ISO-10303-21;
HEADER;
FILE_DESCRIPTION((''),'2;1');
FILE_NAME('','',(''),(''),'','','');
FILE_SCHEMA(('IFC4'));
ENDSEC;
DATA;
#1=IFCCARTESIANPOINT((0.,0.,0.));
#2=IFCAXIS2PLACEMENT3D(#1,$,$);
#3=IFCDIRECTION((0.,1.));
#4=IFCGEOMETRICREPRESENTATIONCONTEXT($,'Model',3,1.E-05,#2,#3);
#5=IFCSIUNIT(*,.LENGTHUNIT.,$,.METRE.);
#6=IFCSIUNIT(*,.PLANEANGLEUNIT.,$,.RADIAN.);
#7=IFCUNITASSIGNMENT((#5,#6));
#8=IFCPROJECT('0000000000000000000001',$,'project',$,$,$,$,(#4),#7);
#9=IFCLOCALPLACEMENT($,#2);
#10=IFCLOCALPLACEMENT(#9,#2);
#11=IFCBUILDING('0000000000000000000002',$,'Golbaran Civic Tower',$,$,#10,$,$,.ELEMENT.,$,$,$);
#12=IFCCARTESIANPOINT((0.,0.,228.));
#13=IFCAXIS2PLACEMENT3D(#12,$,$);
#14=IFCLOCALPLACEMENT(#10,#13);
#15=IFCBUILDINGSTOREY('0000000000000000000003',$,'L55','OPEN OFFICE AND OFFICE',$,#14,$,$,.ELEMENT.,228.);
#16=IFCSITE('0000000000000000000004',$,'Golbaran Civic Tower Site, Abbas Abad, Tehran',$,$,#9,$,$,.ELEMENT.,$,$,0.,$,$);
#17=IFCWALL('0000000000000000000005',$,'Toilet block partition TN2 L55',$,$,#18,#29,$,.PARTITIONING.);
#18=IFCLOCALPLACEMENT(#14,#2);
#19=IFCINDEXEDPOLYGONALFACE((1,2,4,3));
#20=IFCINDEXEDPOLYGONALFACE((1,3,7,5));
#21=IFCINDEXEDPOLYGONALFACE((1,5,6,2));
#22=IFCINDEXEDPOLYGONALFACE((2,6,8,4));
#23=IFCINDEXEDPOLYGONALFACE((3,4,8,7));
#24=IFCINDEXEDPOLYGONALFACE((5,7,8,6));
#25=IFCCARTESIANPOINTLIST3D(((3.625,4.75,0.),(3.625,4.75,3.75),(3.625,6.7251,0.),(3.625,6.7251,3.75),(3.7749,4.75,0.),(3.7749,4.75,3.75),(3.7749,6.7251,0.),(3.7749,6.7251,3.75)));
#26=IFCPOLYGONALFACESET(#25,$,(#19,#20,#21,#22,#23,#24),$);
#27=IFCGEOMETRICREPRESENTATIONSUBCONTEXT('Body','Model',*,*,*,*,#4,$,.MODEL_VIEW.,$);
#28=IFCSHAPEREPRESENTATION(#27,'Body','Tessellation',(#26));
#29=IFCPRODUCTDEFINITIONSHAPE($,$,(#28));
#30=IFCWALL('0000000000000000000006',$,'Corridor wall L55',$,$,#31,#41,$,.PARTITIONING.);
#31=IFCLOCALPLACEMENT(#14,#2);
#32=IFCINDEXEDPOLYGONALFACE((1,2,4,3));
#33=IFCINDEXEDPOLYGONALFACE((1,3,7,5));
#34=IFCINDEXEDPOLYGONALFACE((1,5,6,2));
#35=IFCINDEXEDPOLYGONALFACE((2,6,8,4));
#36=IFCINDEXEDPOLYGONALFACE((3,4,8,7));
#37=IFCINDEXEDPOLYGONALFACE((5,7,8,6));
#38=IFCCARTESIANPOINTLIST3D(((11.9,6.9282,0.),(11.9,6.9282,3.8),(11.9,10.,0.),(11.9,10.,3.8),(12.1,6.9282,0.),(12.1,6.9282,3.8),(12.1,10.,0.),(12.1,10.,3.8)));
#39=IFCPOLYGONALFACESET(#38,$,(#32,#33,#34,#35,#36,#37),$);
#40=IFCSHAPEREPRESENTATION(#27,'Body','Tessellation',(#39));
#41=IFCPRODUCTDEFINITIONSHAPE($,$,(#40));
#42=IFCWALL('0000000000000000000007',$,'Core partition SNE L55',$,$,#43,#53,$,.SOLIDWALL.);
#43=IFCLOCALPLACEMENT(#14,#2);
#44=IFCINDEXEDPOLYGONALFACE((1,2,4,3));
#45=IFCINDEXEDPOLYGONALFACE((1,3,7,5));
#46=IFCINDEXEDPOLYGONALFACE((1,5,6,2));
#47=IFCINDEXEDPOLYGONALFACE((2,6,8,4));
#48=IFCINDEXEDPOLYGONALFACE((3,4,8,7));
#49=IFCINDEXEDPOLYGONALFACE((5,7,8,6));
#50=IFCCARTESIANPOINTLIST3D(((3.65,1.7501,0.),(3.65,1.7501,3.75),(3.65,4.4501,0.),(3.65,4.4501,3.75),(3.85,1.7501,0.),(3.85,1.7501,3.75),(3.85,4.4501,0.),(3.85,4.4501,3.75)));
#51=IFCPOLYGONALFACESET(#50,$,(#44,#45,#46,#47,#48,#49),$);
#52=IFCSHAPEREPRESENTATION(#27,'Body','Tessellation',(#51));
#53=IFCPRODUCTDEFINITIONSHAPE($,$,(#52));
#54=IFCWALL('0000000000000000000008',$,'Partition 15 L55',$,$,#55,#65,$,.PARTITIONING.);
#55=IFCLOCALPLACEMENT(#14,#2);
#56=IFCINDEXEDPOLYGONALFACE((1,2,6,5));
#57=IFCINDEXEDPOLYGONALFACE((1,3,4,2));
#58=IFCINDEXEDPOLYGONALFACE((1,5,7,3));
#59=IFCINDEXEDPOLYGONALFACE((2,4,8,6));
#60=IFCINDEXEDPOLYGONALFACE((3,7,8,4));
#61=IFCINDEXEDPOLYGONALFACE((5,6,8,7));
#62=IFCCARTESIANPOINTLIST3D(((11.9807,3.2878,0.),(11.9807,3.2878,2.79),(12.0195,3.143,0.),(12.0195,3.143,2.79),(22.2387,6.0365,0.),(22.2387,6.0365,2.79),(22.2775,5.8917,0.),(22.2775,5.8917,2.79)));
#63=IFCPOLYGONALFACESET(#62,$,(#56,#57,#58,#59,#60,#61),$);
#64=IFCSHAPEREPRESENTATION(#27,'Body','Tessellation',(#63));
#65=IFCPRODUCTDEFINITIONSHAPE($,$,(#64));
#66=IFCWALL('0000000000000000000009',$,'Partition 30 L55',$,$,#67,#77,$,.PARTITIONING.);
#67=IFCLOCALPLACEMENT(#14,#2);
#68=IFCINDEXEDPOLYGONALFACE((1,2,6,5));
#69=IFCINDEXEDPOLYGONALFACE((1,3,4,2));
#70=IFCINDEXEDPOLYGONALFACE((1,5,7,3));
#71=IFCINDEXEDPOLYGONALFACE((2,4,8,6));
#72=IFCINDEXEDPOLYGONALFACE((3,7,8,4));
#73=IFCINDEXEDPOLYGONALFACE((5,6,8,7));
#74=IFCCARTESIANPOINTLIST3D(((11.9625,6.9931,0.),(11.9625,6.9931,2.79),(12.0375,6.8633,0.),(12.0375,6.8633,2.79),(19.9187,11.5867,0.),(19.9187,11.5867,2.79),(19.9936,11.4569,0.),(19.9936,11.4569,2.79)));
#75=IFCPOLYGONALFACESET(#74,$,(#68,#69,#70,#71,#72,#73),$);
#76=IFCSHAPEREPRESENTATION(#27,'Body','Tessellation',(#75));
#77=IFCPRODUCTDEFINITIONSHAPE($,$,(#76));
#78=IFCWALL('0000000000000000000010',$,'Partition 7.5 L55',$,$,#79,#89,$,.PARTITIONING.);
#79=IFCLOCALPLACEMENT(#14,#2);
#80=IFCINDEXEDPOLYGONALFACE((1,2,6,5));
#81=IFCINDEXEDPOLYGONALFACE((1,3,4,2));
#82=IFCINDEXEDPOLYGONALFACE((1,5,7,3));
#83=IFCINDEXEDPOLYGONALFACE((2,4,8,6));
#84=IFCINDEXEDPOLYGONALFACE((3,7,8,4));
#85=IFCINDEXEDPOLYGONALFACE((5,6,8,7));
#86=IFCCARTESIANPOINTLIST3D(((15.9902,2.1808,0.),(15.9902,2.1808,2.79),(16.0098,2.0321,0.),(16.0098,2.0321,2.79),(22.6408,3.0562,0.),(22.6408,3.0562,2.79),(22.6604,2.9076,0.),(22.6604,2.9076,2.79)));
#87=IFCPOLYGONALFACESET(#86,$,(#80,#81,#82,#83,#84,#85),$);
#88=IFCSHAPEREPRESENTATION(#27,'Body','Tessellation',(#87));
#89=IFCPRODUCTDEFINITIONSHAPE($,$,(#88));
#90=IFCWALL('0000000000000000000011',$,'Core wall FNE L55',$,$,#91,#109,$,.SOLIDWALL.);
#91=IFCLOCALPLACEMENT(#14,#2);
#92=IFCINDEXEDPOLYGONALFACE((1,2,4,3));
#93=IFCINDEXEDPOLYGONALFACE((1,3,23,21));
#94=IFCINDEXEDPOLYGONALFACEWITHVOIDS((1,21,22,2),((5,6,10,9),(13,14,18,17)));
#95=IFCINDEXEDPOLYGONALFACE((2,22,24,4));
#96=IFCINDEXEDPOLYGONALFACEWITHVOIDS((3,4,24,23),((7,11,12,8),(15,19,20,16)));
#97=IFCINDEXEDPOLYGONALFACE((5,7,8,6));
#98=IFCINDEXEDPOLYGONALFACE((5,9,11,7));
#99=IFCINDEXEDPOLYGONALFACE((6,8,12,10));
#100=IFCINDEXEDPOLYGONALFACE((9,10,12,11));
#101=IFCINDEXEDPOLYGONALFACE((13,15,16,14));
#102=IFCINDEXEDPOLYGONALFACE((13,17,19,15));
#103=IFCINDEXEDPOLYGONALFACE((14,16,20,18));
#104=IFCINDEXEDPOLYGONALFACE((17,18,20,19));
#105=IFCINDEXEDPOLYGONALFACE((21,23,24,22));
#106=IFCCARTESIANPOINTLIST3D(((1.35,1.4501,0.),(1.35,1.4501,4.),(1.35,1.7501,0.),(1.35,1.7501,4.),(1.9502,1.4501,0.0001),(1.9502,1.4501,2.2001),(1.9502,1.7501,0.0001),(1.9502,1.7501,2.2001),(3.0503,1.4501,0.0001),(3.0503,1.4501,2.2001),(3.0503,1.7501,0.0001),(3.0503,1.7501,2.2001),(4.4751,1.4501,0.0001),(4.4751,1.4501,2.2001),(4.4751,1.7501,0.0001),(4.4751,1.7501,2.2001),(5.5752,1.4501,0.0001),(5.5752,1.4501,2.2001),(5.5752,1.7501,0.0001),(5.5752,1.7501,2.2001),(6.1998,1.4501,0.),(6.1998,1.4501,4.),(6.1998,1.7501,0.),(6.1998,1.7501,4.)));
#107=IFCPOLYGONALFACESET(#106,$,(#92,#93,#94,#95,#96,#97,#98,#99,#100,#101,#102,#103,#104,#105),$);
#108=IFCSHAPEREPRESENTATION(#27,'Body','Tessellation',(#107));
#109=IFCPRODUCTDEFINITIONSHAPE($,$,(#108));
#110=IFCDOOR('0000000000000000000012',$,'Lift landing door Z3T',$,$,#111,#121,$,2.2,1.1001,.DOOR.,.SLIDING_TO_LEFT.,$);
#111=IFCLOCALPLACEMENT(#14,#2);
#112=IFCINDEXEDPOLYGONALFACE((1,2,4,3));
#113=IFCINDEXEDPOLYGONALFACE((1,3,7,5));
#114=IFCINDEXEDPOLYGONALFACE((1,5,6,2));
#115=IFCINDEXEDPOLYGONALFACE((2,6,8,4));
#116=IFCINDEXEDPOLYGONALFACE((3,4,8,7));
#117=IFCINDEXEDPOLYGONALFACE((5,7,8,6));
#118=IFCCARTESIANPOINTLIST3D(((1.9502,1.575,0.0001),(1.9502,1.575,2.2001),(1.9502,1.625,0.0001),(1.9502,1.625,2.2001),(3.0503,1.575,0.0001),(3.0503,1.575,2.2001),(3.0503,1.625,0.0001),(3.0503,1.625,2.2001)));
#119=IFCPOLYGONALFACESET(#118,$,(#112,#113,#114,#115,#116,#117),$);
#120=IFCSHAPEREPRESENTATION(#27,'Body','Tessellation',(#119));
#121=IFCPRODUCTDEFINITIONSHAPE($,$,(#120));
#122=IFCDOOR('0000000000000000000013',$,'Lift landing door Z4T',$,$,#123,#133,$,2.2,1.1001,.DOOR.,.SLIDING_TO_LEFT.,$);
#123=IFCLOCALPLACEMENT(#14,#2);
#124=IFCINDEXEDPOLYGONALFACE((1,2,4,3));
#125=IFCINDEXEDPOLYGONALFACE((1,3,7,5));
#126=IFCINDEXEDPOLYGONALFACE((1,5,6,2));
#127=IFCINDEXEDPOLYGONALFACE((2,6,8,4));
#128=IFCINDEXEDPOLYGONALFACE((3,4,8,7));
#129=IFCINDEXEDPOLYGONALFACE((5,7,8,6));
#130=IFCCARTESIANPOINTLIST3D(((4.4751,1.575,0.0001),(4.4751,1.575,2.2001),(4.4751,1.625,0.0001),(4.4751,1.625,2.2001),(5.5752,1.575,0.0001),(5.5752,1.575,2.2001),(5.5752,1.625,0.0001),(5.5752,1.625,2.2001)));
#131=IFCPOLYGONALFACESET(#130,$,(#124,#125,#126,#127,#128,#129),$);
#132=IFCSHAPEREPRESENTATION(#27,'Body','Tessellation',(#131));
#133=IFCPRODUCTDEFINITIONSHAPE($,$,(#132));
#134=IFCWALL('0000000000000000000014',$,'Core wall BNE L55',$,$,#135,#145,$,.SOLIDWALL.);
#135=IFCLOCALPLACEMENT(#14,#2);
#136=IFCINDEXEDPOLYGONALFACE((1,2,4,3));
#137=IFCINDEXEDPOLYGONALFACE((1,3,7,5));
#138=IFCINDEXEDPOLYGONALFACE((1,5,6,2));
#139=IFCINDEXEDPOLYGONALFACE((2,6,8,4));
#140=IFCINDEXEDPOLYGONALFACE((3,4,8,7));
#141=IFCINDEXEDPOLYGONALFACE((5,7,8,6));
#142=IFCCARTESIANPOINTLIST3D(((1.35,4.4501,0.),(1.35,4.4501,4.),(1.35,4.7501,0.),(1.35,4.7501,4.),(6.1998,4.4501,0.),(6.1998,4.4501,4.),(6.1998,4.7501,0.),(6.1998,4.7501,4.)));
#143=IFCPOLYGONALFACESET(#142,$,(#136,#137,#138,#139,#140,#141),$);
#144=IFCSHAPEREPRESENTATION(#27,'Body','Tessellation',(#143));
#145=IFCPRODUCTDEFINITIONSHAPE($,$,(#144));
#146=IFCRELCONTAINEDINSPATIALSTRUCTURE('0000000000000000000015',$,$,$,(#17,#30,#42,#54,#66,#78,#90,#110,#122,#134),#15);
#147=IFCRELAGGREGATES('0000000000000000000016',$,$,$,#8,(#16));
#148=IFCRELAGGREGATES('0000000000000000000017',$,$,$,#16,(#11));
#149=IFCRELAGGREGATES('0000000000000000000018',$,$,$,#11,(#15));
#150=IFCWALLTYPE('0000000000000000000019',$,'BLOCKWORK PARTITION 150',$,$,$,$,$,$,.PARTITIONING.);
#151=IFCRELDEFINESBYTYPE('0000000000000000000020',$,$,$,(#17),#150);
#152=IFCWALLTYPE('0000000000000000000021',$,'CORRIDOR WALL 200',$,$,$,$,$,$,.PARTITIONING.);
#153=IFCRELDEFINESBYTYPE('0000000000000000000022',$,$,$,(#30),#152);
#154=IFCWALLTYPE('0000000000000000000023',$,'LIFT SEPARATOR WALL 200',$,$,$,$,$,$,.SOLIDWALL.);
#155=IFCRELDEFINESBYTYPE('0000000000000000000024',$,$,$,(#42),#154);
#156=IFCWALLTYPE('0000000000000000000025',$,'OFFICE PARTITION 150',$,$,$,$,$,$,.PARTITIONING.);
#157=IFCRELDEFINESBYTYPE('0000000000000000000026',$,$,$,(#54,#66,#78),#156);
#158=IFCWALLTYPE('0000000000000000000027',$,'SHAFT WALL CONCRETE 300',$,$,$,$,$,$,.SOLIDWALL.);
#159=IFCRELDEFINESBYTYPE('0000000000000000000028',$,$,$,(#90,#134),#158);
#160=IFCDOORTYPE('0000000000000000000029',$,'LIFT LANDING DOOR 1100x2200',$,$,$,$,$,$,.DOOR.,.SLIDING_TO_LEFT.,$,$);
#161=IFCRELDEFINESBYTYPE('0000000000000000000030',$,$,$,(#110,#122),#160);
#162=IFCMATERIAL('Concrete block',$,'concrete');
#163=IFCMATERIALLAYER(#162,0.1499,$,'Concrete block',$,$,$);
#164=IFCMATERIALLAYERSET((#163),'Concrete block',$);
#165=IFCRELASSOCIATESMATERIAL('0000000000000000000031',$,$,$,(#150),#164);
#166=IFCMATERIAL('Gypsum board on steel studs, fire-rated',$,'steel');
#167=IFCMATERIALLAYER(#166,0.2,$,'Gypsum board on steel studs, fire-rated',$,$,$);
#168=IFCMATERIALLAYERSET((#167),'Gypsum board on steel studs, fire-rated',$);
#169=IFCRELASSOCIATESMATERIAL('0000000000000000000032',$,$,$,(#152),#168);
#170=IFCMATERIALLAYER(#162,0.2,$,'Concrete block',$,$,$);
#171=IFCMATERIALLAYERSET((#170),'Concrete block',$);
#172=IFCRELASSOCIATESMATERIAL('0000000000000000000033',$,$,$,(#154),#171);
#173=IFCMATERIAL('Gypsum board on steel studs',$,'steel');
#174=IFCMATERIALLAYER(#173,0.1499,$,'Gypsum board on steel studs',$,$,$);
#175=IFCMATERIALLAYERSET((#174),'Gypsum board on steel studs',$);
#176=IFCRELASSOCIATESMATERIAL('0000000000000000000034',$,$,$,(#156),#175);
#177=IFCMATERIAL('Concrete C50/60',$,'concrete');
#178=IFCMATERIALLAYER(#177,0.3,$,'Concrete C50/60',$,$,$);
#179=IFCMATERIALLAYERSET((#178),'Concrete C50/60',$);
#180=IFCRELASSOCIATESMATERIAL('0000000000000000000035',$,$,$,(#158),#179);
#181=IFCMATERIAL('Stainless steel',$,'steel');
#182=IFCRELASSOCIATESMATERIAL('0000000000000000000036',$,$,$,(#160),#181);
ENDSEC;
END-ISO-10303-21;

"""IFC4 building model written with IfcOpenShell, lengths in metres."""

from ifc_helpers import new_model, si_unit, direction, frame, frame_2d, origin, place, context, subcontext, project, spatial, rectangle, extrude, material, layer, layer_set, type_object, element, fill, save


model = new_model("IFC4")

# Units and contexts
model_context = context("Model", 3, precision=1e-05, world=origin(), true_north=direction((0.0, 1.0)))
body_context = subcontext(model_context, "Body", "Model", "MODEL_VIEW")
ifc_project = project(units=[si_unit("LENGTHUNIT", "METRE"), si_unit("PLANEANGLEUNIT", "RADIAN")], contexts=[model_context])

# Site, building, storey
site_placement = place(None, origin())
site = spatial("IfcSite", under=ifc_project, at=site_placement, Name="Golbaran Civic Tower Site, Abbas Abad, Tehran", CompositionType="ELEMENT", RefElevation=0.0)
building_placement = place(site_placement, origin())
building = spatial("IfcBuilding", under=site, at=building_placement, Name="Golbaran Civic Tower", CompositionType="ELEMENT")
storey_placement = place(building_placement, frame((0.0, 0.0, 228.0)))
storey = spatial("IfcBuildingStorey", under=building, at=storey_placement, Name="L55", Description="OPEN OFFICE AND OFFICE", CompositionType="ELEMENT", Elevation=228.0)

# Shared definitions
ifc_material_1 = material(Name="Concrete block", Category="concrete")
ifc_layer_1 = layer(ifc_material_1, 0.1499, Name="Concrete block")
ifc_layer_set_1 = layer_set([ifc_layer_1], Name="Concrete block")
wall_type_1 = type_object("IfcWallType", Name="BLOCKWORK PARTITION 150", PredefinedType="PARTITIONING", material=ifc_layer_set_1)

# Walls
wall_1_placement = place(storey_placement, frame((3.7, 4.75, 0.0), z_axis=(0.0, 0.0, 1.0), x_axis=(0.0, 1.0, 0.0)))
element("IfcWall", 1, at=wall_1_placement, inside=storey, type_object=wall_type_1, Name="Toilet block partition TN2 L55", PredefinedType="PARTITIONING", context=body_context, shape_type="SweptSolid", body=[
    extrude(rectangle(XDim=1.9751, YDim=0.1499, at=frame_2d((0.9875, 0.0))), origin(), (0.0, 0.0, 1.0), 3.75),
])
ifc_material_2 = material(Name="Gypsum board on steel studs, fire-rated", Category="steel")
ifc_layer_2 = layer(ifc_material_2, 0.2, Name="Gypsum board on steel studs, fire-rated")
ifc_layer_set_2 = layer_set([ifc_layer_2], Name="Gypsum board on steel studs, fire-rated")
wall_type_2 = type_object("IfcWallType", Name="CORRIDOR WALL 200", PredefinedType="PARTITIONING", material=ifc_layer_set_2)
wall_2_placement = place(storey_placement, frame((12.0, 6.9282, 0.0), z_axis=(0.0, 0.0, 1.0), x_axis=(0.0, 1.0, 0.0)))
element("IfcWall", 2, at=wall_2_placement, inside=storey, type_object=wall_type_2, Name="Corridor wall L55", PredefinedType="PARTITIONING", context=body_context, shape_type="SweptSolid", body=[
    extrude(rectangle(XDim=3.0718, YDim=0.2, at=frame_2d((1.5359, 0.0))), origin(), (0.0, 0.0, 1.0), 3.8),
])
ifc_layer_3 = layer(ifc_material_1, 0.2, Name="Concrete block")
ifc_layer_set_3 = layer_set([ifc_layer_3], Name="Concrete block")
wall_type_3 = type_object("IfcWallType", Name="LIFT SEPARATOR WALL 200", PredefinedType="SOLIDWALL", material=ifc_layer_set_3)
wall_3_placement = place(storey_placement, frame((3.75, 1.75, 0.0), z_axis=(0.0, 0.0, 1.0), x_axis=(0.0, 1.0, 0.0)))
element("IfcWall", 3, at=wall_3_placement, inside=storey, type_object=wall_type_3, Name="Core partition SNE L55", PredefinedType="SOLIDWALL", context=body_context, shape_type="SweptSolid", body=[
    extrude(rectangle(XDim=2.7, YDim=0.2, at=frame_2d((1.3501, 0.0))), origin(), (0.0, 0.0, 1.0), 3.75),
])
ifc_material_3 = material(Name="Gypsum board on steel studs", Category="steel")
ifc_layer_4 = layer(ifc_material_3, 0.1499, Name="Gypsum board on steel studs")
ifc_layer_set_4 = layer_set([ifc_layer_4], Name="Gypsum board on steel studs")
wall_type_4 = type_object("IfcWallType", Name="OFFICE PARTITION 150", PredefinedType="PARTITIONING", material=ifc_layer_set_4)
wall_4_placement = place(storey_placement, frame((12.0, 3.2153, 0.0), z_axis=(0.0, 0.0, 1.0), x_axis=(0.965922, 0.258831, 0.0)))
element("IfcWall", 4, at=wall_4_placement, inside=storey, type_object=wall_type_4, Name="Partition 15 L55", PredefinedType="PARTITIONING", context=body_context, shape_type="SweptSolid", body=[
    extrude(rectangle(XDim=10.6199, YDim=0.1499, at=frame_2d((5.3101, 0.0))), origin(), (0.0, 0.0, 1.0), 2.79),
])
wall_5_placement = place(storey_placement, frame((12.0, 6.9282, 0.0), z_axis=(0.0, 0.0, 1.0), x_axis=(0.866022, 0.500006, 0.0)))
element("IfcWall", 5, at=wall_5_placement, inside=storey, type_object=wall_type_4, Name="Partition 30 L55", PredefinedType="PARTITIONING", context=body_context, shape_type="SweptSolid", body=[
    extrude(rectangle(XDim=9.187, YDim=0.1499, at=frame_2d((4.5935, 0.0))), origin(), (0.0, 0.0, 1.0), 2.79),
])
wall_6_placement = place(storey_placement, frame((16.0, 2.1064, 0.0), z_axis=(0.0, 0.0, 1.0), x_axis=(0.991446, 0.130514, 0.0)))
element("IfcWall", 6, at=wall_6_placement, inside=storey, type_object=wall_type_4, Name="Partition 7.5 L55", PredefinedType="PARTITIONING", context=body_context, shape_type="SweptSolid", body=[
    extrude(rectangle(XDim=6.708, YDim=0.1499, at=frame_2d((3.354, 0.0))), origin(), (0.0, 0.0, 1.0), 2.79),
])

# Wall, openings, doors
ifc_material_4 = material(Name="Concrete C50/60", Category="concrete")
ifc_layer_5 = layer(ifc_material_4, 0.3, Name="Concrete C50/60")
ifc_layer_set_5 = layer_set([ifc_layer_5], Name="Concrete C50/60")
wall_type_5 = type_object("IfcWallType", Name="SHAFT WALL CONCRETE 300", PredefinedType="SOLIDWALL", material=ifc_layer_set_5)
wall_7_placement = place(storey_placement, frame((1.3501, 1.6001, 0.0), z_axis=(0.0, 0.0, 1.0), x_axis=(1.0, 0.0, 0.0)))
wall_7 = element("IfcWall", 7, at=wall_7_placement, inside=storey, type_object=wall_type_5, Name="Core wall FNE L55", PredefinedType="SOLIDWALL", context=body_context, shape_type="SweptSolid", body=[
    extrude(rectangle(XDim=4.8499, YDim=0.3, at=frame_2d((2.4248, 0.0))), origin(), (0.0, 0.0, 1.0), 4.0),
])
opening_1_placement = place(wall_7_placement, frame((0.6001, 0.0, 0.0)))
opening_1 = element("IfcOpeningElement", 8, at=opening_1_placement, cuts=wall_7, PredefinedType="OPENING", context=body_context, shape_type="SweptSolid", body=[
    extrude(rectangle(XDim=1.1001, YDim=2.2, at=frame_2d((0.55, 1.1001))), frame((0.0, 0.1599, 0.0), z_axis=(0.0, -1.0, 0.0), x_axis=(1.0, 0.0, 0.0)), (0.0, 0.0, 1.0), 0.3201),
])
opening_2_placement = place(wall_7_placement, frame((3.125, 0.0, 0.0)))
opening_2 = element("IfcOpeningElement", 9, at=opening_2_placement, cuts=wall_7, PredefinedType="OPENING", context=body_context, shape_type="SweptSolid", body=[
    extrude(rectangle(XDim=1.1001, YDim=2.2, at=frame_2d((0.55, 1.1001))), frame((0.0, 0.1599, 0.0), z_axis=(0.0, -1.0, 0.0), x_axis=(1.0, 0.0, 0.0)), (0.0, 0.0, 1.0), 0.3201),
])
ifc_material_5 = material(Name="Stainless steel", Category="steel")
door_type_1 = type_object("IfcDoorType", Name="LIFT LANDING DOOR 1100x2200", OperationType="SLIDING_TO_LEFT", PredefinedType="DOOR", material=ifc_material_5)
door_1_placement = place(opening_1_placement, origin())
door_1 = element("IfcDoor", 10, at=door_1_placement, inside=storey, type_object=door_type_1, Name="Lift landing door Z3T", OperationType="SLIDING_TO_LEFT", OverallHeight=2.2, OverallWidth=1.1001, PredefinedType="DOOR", context=body_context, shape_type="SweptSolid", body=[
    extrude(rectangle(XDim=1.1001, YDim=2.2, at=frame_2d((0.55, 1.1001))), frame((0.0, 0.0249, 0.0), z_axis=(0.0, -1.0, 0.0), x_axis=(1.0, 0.0, 0.0)), (0.0, 0.0, 1.0), 0.05),
])
fill(opening_1, door_1)
door_2_placement = place(opening_2_placement, origin())
door_2 = element("IfcDoor", 11, at=door_2_placement, inside=storey, type_object=door_type_1, Name="Lift landing door Z4T", OperationType="SLIDING_TO_LEFT", OverallHeight=2.2, OverallWidth=1.1001, PredefinedType="DOOR", context=body_context, shape_type="SweptSolid", body=[
    extrude(rectangle(XDim=1.1001, YDim=2.2, at=frame_2d((0.55, 1.1001))), frame((0.0, 0.0249, 0.0), z_axis=(0.0, -1.0, 0.0), x_axis=(1.0, 0.0, 0.0)), (0.0, 0.0, 1.0), 0.05),
])
fill(opening_2, door_2)

# Wall
wall_8_placement = place(storey_placement, frame((1.3501, 4.6001, 0.0), z_axis=(0.0, 0.0, 1.0), x_axis=(1.0, 0.0, 0.0)))
element("IfcWall", 12, at=wall_8_placement, inside=storey, type_object=wall_type_5, Name="Core wall BNE L55", PredefinedType="SOLIDWALL", context=body_context, shape_type="SweptSolid", body=[
    extrude(rectangle(XDim=4.8499, YDim=0.3, at=frame_2d((2.4248, 0.0))), origin(), (0.0, 0.0, 1.0), 4.0),
])

save(model, "model.ifc")
